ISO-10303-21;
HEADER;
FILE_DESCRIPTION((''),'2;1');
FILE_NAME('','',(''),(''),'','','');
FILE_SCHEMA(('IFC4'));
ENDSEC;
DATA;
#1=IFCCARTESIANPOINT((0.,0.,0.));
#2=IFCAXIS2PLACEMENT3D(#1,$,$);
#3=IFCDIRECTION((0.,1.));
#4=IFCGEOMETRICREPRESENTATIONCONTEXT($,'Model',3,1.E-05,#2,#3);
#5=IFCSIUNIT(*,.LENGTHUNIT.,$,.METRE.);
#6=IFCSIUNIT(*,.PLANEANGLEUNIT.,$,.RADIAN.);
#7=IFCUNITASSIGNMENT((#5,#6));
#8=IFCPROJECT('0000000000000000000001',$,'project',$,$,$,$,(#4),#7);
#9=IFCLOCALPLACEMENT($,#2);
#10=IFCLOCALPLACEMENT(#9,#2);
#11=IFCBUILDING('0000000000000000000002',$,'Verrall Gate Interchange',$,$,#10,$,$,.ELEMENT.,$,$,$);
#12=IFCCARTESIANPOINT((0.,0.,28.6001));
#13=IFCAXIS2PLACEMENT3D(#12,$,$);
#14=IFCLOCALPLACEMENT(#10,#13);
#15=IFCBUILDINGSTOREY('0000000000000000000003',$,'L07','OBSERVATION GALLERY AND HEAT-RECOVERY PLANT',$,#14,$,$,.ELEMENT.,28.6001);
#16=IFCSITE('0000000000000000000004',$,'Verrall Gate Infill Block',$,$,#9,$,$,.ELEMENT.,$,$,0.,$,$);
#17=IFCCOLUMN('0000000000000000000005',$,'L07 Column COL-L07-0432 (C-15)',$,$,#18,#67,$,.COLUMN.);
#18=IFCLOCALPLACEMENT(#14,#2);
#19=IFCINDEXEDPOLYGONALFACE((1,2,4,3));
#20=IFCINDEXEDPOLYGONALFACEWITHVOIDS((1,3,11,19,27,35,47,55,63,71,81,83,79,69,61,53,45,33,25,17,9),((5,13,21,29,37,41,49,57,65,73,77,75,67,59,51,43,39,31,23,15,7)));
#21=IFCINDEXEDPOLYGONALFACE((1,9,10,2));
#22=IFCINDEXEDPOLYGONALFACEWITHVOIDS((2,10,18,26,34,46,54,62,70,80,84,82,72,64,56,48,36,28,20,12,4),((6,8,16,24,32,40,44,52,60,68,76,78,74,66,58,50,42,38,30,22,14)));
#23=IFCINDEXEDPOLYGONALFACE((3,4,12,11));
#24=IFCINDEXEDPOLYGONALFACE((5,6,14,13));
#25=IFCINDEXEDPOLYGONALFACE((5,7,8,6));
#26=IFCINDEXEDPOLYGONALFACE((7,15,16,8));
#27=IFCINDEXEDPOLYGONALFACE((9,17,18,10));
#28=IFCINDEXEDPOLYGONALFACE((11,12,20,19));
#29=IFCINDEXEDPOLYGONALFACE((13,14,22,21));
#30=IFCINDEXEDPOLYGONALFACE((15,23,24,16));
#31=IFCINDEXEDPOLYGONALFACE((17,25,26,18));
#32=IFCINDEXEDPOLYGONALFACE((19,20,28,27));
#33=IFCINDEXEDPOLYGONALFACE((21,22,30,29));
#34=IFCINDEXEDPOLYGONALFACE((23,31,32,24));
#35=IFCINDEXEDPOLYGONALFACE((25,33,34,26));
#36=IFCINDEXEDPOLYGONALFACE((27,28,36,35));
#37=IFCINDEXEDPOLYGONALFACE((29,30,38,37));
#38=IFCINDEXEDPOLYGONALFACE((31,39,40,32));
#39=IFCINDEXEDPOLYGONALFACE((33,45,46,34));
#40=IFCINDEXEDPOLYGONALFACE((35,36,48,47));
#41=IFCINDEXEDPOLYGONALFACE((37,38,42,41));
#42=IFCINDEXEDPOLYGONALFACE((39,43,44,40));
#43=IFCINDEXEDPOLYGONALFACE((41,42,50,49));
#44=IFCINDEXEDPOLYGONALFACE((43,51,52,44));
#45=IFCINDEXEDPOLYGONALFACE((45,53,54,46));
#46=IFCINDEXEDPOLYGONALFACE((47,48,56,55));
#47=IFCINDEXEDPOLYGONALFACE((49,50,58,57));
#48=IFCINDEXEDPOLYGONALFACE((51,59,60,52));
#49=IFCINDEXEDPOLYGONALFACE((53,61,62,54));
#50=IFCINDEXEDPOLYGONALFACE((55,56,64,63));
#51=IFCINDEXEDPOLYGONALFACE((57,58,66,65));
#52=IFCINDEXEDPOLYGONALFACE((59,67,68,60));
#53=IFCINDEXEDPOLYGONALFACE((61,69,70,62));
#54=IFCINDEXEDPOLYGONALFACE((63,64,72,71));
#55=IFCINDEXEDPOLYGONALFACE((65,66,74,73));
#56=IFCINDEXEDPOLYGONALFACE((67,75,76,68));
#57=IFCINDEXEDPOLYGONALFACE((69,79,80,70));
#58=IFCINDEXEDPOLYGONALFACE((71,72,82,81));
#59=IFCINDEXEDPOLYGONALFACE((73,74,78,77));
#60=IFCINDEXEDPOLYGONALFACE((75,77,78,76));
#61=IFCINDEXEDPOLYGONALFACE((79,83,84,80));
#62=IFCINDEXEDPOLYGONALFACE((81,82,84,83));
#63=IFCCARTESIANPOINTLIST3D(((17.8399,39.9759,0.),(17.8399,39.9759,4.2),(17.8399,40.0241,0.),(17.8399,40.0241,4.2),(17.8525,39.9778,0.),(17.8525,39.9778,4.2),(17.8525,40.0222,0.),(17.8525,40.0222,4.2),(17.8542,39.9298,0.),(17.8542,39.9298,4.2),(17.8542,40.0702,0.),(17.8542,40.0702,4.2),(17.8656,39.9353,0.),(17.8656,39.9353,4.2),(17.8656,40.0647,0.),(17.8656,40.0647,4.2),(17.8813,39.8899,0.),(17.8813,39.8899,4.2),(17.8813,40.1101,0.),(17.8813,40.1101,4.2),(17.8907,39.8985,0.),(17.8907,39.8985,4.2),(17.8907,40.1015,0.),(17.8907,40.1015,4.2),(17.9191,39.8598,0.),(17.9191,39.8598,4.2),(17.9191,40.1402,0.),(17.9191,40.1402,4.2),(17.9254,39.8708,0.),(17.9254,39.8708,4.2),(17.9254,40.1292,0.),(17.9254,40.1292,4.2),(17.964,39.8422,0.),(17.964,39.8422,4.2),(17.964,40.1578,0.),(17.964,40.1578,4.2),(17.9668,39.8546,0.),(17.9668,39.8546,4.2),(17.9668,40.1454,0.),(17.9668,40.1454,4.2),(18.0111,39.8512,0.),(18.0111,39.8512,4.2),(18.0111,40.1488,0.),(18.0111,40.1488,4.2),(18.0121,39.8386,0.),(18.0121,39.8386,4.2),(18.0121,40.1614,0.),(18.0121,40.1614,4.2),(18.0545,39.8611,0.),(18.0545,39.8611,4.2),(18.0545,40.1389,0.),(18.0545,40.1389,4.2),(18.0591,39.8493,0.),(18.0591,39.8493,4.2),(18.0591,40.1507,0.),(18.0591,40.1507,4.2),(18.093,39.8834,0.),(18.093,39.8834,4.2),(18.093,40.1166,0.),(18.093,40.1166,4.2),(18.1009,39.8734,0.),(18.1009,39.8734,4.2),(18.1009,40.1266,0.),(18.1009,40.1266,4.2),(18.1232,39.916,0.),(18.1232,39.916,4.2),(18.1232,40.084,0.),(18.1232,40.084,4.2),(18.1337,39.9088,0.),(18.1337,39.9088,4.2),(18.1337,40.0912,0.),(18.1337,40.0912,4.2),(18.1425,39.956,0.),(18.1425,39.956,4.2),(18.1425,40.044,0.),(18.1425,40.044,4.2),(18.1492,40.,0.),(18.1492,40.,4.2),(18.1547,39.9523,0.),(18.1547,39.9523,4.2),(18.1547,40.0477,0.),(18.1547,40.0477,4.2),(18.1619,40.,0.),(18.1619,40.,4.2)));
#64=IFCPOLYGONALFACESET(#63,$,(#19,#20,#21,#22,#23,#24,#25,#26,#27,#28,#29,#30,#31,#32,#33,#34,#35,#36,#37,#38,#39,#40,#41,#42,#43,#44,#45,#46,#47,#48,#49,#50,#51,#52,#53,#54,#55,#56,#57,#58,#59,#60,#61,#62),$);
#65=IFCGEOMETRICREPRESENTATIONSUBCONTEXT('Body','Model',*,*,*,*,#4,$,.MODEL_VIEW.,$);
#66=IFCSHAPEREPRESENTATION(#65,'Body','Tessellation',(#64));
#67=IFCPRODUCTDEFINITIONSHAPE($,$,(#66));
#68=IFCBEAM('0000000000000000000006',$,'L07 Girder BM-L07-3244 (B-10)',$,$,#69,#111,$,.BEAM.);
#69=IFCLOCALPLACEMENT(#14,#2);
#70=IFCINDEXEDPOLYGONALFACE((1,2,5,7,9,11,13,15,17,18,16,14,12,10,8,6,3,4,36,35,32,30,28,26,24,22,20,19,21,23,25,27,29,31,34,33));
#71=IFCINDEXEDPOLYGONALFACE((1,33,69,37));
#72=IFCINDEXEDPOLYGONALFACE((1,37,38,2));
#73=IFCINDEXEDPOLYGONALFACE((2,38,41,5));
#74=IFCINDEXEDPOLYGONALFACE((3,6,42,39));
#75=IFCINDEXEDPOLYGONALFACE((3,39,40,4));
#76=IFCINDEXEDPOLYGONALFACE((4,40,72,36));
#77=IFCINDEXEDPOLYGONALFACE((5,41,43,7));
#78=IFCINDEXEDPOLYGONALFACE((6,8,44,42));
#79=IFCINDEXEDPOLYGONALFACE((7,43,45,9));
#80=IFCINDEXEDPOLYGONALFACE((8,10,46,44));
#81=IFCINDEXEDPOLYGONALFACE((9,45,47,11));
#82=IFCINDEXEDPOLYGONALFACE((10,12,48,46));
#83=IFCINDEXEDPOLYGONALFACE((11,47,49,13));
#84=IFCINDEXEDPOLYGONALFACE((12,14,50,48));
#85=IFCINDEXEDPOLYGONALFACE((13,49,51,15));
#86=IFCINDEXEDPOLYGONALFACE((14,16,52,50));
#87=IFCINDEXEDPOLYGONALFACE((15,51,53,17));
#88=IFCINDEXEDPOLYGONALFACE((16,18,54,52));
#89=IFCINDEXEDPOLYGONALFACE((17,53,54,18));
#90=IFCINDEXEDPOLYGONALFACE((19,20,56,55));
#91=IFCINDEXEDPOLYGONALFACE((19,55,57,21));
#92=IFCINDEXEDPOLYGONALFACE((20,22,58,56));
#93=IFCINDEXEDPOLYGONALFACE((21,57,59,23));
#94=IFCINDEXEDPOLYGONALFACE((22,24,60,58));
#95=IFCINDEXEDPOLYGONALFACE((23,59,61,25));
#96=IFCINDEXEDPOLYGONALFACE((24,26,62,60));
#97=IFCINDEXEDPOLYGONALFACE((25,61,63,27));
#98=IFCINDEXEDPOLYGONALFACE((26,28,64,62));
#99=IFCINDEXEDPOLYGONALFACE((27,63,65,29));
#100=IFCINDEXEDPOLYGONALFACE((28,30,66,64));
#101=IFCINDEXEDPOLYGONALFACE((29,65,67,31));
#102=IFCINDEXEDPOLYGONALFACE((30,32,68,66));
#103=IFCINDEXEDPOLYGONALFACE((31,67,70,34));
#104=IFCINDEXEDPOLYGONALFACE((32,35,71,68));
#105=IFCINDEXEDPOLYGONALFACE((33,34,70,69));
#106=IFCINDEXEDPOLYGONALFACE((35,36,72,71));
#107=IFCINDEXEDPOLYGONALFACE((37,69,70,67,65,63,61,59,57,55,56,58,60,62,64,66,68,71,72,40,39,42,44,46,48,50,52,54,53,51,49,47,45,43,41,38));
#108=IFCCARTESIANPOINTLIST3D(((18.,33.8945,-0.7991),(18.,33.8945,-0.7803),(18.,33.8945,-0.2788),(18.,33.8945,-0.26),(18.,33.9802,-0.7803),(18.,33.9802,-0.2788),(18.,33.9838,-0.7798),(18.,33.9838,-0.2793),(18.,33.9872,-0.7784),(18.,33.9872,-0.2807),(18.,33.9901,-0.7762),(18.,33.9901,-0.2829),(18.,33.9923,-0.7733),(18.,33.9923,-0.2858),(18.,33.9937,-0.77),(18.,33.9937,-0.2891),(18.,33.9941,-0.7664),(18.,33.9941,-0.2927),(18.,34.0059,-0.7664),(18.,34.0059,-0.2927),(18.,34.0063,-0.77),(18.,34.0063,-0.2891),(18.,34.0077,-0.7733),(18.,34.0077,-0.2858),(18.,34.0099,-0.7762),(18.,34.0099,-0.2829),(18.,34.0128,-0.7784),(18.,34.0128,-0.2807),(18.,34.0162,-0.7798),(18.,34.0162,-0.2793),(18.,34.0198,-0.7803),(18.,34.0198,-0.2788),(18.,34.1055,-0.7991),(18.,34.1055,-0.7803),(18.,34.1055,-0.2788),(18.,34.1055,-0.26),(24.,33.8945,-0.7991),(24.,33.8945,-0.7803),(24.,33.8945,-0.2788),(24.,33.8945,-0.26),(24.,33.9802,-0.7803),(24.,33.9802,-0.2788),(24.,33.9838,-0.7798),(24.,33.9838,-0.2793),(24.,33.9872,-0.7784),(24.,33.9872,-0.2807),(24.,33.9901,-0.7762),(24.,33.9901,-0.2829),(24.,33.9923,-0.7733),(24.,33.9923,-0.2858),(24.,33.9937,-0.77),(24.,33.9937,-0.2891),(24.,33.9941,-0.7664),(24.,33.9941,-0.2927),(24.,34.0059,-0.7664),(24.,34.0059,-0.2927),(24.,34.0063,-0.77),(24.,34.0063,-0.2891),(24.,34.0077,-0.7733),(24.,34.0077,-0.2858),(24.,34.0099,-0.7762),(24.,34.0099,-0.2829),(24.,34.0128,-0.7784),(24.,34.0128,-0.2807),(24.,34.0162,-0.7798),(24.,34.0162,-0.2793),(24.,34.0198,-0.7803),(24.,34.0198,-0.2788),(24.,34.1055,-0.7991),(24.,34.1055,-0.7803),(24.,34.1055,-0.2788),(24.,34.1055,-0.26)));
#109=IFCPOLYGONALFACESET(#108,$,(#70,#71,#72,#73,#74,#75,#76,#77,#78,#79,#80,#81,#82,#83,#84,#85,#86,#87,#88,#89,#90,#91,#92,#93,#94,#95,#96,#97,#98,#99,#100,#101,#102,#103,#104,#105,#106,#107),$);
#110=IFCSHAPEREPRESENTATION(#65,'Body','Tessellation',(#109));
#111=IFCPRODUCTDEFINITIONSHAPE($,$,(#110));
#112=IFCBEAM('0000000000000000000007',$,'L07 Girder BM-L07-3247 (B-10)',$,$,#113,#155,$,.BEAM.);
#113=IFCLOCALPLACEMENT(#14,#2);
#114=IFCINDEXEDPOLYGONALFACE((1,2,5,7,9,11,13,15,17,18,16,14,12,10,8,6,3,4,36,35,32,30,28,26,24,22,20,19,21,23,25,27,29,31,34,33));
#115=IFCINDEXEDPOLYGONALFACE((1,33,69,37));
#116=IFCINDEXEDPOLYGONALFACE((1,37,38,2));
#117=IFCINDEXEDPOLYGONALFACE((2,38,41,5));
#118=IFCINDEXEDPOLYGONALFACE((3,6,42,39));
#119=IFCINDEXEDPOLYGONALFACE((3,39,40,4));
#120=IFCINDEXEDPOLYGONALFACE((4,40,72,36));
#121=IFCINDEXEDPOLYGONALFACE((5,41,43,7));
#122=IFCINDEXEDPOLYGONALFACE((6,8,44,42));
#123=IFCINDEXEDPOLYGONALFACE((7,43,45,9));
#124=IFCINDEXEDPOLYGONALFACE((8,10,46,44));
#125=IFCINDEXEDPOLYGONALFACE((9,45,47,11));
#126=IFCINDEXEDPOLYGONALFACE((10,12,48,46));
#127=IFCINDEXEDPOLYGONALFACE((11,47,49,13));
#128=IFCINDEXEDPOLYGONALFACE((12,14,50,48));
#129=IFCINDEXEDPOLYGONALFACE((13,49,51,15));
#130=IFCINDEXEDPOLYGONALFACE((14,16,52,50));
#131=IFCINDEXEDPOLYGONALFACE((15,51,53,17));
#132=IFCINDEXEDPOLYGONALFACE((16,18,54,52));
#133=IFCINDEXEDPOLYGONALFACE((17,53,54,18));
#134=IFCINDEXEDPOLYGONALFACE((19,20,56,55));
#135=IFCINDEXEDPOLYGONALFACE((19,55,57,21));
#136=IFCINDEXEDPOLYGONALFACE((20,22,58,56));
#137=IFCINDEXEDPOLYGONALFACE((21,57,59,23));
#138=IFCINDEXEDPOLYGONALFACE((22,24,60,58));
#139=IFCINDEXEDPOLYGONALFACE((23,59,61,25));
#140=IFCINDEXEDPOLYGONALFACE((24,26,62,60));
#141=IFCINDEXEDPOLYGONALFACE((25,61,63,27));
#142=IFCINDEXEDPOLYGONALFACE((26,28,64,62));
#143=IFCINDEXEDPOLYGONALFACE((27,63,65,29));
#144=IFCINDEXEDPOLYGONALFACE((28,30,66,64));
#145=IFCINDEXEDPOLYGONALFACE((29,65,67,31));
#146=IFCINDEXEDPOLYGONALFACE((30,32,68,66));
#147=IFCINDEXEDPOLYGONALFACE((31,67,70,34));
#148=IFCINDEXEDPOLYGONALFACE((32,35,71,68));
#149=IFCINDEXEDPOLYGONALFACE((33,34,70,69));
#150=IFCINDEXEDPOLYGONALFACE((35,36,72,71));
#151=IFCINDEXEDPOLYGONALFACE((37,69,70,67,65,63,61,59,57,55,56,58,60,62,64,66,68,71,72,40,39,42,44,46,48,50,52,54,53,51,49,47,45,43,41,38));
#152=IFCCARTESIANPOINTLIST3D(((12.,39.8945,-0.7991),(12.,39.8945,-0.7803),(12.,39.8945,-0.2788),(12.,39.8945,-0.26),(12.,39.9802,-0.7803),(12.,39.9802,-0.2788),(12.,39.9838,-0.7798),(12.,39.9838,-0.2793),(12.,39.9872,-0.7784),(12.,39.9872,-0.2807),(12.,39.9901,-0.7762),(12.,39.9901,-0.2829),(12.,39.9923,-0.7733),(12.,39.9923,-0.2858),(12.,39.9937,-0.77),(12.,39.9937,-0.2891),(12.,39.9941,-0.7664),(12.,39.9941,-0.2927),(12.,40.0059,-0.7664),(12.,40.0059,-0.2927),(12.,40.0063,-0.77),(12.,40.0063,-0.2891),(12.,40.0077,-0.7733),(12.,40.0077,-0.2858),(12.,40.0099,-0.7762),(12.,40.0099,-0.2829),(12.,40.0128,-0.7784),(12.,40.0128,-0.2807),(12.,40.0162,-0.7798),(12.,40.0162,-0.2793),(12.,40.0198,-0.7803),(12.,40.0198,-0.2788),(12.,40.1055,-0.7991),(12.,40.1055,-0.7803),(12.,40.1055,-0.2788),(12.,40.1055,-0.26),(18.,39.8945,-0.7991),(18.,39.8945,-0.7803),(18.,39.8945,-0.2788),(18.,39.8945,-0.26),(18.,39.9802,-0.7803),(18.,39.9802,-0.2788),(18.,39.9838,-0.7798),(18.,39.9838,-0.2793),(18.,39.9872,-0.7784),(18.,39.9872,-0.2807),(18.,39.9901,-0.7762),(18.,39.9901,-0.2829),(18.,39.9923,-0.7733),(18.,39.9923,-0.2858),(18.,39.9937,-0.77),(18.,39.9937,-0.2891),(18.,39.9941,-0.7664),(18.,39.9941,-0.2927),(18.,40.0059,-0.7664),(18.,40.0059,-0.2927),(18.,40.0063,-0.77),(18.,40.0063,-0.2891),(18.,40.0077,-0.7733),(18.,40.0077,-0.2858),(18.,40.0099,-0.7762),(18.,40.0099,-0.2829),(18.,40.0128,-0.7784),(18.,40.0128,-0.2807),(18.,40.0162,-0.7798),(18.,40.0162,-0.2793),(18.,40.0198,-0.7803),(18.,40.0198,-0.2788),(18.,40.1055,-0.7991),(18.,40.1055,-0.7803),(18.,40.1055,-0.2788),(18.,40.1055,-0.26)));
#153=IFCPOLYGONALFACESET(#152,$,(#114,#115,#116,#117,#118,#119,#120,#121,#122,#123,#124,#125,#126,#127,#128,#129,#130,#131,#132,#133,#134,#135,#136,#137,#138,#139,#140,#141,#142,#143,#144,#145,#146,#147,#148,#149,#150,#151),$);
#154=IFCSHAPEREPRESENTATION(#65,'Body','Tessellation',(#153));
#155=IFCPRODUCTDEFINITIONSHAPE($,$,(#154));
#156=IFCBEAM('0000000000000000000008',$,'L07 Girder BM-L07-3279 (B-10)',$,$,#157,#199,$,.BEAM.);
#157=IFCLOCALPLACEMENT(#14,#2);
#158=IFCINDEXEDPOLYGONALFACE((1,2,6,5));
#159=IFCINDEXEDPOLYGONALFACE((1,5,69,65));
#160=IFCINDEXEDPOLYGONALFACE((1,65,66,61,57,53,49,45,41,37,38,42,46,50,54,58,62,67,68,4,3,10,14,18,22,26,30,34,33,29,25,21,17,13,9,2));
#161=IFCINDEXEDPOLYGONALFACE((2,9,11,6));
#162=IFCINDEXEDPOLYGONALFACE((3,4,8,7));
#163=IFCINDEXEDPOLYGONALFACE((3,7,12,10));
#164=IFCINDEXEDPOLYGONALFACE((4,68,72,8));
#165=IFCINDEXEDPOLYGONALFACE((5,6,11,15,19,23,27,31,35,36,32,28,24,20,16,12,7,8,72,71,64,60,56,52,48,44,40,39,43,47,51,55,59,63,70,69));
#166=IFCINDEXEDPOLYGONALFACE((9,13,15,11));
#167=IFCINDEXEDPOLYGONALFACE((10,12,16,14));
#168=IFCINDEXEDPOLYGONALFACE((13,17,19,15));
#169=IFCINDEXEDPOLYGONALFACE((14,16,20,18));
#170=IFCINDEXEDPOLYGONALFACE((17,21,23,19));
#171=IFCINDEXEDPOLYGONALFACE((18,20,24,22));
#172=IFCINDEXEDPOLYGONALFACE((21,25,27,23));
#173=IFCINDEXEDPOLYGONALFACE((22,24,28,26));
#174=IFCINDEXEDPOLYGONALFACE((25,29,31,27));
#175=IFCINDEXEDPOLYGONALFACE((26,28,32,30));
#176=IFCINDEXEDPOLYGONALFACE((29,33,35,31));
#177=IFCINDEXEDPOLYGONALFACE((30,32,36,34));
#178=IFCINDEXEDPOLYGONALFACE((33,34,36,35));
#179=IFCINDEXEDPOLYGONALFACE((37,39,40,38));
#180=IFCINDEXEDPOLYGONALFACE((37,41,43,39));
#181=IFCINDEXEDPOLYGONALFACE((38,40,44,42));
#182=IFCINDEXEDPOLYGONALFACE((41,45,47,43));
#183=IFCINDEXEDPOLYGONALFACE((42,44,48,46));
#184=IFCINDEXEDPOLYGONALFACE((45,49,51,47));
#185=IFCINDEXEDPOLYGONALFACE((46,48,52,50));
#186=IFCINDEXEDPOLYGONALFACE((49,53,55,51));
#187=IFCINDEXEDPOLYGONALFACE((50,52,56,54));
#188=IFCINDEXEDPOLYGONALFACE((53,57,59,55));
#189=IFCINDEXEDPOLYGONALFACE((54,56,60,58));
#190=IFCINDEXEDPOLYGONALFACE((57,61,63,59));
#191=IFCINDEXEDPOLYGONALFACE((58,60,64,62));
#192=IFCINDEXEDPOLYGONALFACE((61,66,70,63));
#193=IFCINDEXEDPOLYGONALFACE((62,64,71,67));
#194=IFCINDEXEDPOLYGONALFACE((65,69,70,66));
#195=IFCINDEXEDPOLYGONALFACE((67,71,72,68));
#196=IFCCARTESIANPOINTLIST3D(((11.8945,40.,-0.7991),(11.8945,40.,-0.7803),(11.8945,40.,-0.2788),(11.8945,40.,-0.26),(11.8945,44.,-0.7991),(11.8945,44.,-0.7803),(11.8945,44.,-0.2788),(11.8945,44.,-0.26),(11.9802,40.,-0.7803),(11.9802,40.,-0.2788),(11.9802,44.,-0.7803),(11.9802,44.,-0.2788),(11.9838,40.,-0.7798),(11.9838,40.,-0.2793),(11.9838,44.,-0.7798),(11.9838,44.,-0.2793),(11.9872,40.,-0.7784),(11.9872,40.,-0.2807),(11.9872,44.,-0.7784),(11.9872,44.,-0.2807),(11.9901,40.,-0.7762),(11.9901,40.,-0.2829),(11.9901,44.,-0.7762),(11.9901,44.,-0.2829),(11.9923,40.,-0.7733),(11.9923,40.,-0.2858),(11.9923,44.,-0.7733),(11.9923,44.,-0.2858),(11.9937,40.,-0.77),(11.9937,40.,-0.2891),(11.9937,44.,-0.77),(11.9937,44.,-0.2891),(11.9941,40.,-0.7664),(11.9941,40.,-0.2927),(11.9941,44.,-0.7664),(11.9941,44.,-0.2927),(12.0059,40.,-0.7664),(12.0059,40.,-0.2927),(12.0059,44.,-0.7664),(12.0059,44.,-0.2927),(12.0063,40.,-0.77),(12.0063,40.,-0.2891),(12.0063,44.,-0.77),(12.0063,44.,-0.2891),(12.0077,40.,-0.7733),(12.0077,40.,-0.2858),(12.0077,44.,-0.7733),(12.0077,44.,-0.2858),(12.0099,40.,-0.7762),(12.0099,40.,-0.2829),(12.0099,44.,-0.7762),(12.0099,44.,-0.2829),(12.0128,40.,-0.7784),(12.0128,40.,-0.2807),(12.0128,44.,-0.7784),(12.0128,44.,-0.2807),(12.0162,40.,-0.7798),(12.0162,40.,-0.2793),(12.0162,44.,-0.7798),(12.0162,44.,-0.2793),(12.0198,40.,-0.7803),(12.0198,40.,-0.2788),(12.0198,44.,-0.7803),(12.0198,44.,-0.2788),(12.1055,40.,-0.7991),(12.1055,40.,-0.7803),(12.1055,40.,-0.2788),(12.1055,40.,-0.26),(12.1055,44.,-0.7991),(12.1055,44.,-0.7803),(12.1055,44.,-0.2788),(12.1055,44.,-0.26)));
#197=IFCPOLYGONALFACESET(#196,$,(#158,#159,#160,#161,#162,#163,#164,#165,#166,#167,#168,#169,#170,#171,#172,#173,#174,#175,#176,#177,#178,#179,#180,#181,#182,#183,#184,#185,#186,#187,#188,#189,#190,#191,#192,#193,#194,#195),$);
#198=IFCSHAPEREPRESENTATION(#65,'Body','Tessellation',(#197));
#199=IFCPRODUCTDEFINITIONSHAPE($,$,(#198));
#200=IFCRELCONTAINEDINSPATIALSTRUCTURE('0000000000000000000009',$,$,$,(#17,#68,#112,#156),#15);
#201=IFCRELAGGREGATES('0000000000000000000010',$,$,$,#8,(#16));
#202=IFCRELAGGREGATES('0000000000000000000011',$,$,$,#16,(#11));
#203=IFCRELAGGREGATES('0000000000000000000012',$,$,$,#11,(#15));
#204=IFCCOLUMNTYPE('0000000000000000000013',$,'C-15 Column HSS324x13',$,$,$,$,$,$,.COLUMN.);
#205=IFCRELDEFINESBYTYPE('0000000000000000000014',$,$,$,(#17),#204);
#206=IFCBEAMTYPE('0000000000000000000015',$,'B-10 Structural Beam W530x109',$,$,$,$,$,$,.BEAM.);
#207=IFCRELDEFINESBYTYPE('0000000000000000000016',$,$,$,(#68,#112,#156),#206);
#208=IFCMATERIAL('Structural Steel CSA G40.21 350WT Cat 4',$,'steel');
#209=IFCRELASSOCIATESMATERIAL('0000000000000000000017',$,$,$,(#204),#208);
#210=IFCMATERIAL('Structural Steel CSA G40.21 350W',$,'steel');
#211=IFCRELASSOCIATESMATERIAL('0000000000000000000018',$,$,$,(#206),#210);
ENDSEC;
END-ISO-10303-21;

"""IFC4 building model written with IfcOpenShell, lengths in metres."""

from ifc_helpers import new_model, si_unit, direction, frame, origin, origin_2d, place, context, subcontext, project, spatial, hollow_circle, i_section, extrude, material, material_profile, profile_set, type_object, element, save


model = new_model("IFC4")

# Units and contexts
model_context = context("Model", 3, precision=1e-05, world=origin(), true_north=direction((0.0, 1.0)))
body_context = subcontext(model_context, "Body", "Model", "MODEL_VIEW")
ifc_project = project(units=[si_unit("LENGTHUNIT", "METRE"), si_unit("PLANEANGLEUNIT", "RADIAN")], contexts=[model_context])

# Site, building, storey
site_placement = place(None, origin())
site = spatial("IfcSite", under=ifc_project, at=site_placement, Name="Verrall Gate Infill Block", CompositionType="ELEMENT", RefElevation=0.0)
building_placement = place(site_placement, origin())
building = spatial("IfcBuilding", under=site, at=building_placement, Name="Verrall Gate Interchange", CompositionType="ELEMENT")
storey_placement = place(building_placement, frame((0.0, 0.0, 28.6001)))
storey = spatial("IfcBuildingStorey", under=building, at=storey_placement, Name="L07", Description="OBSERVATION GALLERY AND HEAT-RECOVERY PLANT", CompositionType="ELEMENT", Elevation=28.6001)

# Column
ifc_material_1 = material(Name="Structural Steel CSA G40.21 350WT Cat 4", Category="steel")
ifc_material_profile_1 = material_profile(ifc_material_1, hollow_circle(Radius=0.1619, WallThickness=0.0127, at=origin_2d()), Name="HSS324x13")
ifc_profile_set_1 = profile_set([ifc_material_profile_1], Name="Structural Steel CSA G40.21 350WT Cat 4")
column_type_1 = type_object("IfcColumnType", Name="C-15 Column HSS324x13", PredefinedType="COLUMN", material=ifc_profile_set_1)
for number, where, z_axis, x_axis, name in (
    (1, (18.0, 40.0, 0.0), (0.0, 0.0, 1.0), (1.0, 0.0, 0.0), "L07 Column COL-L07-0432 (C-15)"),
):
    element("IfcColumn", number, at=place(storey_placement, frame(where, z_axis=z_axis, x_axis=x_axis)), inside=storey, type_object=column_type_1, Name=name, PredefinedType="COLUMN", context=body_context, shape_type="SweptSolid", body=[
        extrude(hollow_circle(Radius=0.1619, WallThickness=0.0127, at=origin_2d()), origin(), (0.0, 0.0, 1.0), 4.2),
    ])

# Beams
ifc_material_2 = material(Name="Structural Steel CSA G40.21 350W", Category="steel")
ifc_material_profile_2 = material_profile(ifc_material_2, i_section(OverallWidth=0.2109, OverallDepth=0.5391, WebThickness=0.0117, FlangeThickness=0.0188, FilletRadius=0.0139, at=origin_2d()), Name="W530x109")
ifc_profile_set_2 = profile_set([ifc_material_profile_2], Name="Structural Steel CSA G40.21 350W")
beam_type_1 = type_object("IfcBeamType", Name="B-10 Structural Beam W530x109", PredefinedType="BEAM", material=ifc_profile_set_2)
for number, where, z_axis, x_axis, name in (
    (2, (18.0, 34.0, -0.5295), (1.0, 0.0, 0.0), (0.0, 1.0, 0.0), "L07 Girder BM-L07-3244 (B-10)"),
    (3, (12.0, 40.0, -0.5295), (1.0, 0.0, 0.0), (0.0, 1.0, 0.0), "L07 Girder BM-L07-3247 (B-10)"),
):
    element("IfcBeam", number, at=place(storey_placement, frame(where, z_axis=z_axis, x_axis=x_axis)), inside=storey, type_object=beam_type_1, Name=name, PredefinedType="BEAM", context=body_context, shape_type="SweptSolid", body=[
        extrude(i_section(OverallWidth=0.2109, OverallDepth=0.5391, WebThickness=0.0117, FlangeThickness=0.0188, FilletRadius=0.0139, at=origin_2d()), origin(), (0.0, 0.0, 1.0), 6.0),
    ])
beam_1_placement = place(storey_placement, frame((12.0, 40.0, -0.5295), z_axis=(0.0, 1.0, 0.0), x_axis=(-1.0, 0.0, 0.0)))
element("IfcBeam", 4, at=beam_1_placement, inside=storey, type_object=beam_type_1, Name="L07 Girder BM-L07-3279 (B-10)", PredefinedType="BEAM", context=body_context, shape_type="SweptSolid", body=[
    extrude(i_section(OverallWidth=0.2109, OverallDepth=0.5391, WebThickness=0.0117, FlangeThickness=0.0188, FilletRadius=0.0139, at=origin_2d()), origin(), (0.0, 0.0, 1.0), 4.0),
])

save(model, "model.ifc")
